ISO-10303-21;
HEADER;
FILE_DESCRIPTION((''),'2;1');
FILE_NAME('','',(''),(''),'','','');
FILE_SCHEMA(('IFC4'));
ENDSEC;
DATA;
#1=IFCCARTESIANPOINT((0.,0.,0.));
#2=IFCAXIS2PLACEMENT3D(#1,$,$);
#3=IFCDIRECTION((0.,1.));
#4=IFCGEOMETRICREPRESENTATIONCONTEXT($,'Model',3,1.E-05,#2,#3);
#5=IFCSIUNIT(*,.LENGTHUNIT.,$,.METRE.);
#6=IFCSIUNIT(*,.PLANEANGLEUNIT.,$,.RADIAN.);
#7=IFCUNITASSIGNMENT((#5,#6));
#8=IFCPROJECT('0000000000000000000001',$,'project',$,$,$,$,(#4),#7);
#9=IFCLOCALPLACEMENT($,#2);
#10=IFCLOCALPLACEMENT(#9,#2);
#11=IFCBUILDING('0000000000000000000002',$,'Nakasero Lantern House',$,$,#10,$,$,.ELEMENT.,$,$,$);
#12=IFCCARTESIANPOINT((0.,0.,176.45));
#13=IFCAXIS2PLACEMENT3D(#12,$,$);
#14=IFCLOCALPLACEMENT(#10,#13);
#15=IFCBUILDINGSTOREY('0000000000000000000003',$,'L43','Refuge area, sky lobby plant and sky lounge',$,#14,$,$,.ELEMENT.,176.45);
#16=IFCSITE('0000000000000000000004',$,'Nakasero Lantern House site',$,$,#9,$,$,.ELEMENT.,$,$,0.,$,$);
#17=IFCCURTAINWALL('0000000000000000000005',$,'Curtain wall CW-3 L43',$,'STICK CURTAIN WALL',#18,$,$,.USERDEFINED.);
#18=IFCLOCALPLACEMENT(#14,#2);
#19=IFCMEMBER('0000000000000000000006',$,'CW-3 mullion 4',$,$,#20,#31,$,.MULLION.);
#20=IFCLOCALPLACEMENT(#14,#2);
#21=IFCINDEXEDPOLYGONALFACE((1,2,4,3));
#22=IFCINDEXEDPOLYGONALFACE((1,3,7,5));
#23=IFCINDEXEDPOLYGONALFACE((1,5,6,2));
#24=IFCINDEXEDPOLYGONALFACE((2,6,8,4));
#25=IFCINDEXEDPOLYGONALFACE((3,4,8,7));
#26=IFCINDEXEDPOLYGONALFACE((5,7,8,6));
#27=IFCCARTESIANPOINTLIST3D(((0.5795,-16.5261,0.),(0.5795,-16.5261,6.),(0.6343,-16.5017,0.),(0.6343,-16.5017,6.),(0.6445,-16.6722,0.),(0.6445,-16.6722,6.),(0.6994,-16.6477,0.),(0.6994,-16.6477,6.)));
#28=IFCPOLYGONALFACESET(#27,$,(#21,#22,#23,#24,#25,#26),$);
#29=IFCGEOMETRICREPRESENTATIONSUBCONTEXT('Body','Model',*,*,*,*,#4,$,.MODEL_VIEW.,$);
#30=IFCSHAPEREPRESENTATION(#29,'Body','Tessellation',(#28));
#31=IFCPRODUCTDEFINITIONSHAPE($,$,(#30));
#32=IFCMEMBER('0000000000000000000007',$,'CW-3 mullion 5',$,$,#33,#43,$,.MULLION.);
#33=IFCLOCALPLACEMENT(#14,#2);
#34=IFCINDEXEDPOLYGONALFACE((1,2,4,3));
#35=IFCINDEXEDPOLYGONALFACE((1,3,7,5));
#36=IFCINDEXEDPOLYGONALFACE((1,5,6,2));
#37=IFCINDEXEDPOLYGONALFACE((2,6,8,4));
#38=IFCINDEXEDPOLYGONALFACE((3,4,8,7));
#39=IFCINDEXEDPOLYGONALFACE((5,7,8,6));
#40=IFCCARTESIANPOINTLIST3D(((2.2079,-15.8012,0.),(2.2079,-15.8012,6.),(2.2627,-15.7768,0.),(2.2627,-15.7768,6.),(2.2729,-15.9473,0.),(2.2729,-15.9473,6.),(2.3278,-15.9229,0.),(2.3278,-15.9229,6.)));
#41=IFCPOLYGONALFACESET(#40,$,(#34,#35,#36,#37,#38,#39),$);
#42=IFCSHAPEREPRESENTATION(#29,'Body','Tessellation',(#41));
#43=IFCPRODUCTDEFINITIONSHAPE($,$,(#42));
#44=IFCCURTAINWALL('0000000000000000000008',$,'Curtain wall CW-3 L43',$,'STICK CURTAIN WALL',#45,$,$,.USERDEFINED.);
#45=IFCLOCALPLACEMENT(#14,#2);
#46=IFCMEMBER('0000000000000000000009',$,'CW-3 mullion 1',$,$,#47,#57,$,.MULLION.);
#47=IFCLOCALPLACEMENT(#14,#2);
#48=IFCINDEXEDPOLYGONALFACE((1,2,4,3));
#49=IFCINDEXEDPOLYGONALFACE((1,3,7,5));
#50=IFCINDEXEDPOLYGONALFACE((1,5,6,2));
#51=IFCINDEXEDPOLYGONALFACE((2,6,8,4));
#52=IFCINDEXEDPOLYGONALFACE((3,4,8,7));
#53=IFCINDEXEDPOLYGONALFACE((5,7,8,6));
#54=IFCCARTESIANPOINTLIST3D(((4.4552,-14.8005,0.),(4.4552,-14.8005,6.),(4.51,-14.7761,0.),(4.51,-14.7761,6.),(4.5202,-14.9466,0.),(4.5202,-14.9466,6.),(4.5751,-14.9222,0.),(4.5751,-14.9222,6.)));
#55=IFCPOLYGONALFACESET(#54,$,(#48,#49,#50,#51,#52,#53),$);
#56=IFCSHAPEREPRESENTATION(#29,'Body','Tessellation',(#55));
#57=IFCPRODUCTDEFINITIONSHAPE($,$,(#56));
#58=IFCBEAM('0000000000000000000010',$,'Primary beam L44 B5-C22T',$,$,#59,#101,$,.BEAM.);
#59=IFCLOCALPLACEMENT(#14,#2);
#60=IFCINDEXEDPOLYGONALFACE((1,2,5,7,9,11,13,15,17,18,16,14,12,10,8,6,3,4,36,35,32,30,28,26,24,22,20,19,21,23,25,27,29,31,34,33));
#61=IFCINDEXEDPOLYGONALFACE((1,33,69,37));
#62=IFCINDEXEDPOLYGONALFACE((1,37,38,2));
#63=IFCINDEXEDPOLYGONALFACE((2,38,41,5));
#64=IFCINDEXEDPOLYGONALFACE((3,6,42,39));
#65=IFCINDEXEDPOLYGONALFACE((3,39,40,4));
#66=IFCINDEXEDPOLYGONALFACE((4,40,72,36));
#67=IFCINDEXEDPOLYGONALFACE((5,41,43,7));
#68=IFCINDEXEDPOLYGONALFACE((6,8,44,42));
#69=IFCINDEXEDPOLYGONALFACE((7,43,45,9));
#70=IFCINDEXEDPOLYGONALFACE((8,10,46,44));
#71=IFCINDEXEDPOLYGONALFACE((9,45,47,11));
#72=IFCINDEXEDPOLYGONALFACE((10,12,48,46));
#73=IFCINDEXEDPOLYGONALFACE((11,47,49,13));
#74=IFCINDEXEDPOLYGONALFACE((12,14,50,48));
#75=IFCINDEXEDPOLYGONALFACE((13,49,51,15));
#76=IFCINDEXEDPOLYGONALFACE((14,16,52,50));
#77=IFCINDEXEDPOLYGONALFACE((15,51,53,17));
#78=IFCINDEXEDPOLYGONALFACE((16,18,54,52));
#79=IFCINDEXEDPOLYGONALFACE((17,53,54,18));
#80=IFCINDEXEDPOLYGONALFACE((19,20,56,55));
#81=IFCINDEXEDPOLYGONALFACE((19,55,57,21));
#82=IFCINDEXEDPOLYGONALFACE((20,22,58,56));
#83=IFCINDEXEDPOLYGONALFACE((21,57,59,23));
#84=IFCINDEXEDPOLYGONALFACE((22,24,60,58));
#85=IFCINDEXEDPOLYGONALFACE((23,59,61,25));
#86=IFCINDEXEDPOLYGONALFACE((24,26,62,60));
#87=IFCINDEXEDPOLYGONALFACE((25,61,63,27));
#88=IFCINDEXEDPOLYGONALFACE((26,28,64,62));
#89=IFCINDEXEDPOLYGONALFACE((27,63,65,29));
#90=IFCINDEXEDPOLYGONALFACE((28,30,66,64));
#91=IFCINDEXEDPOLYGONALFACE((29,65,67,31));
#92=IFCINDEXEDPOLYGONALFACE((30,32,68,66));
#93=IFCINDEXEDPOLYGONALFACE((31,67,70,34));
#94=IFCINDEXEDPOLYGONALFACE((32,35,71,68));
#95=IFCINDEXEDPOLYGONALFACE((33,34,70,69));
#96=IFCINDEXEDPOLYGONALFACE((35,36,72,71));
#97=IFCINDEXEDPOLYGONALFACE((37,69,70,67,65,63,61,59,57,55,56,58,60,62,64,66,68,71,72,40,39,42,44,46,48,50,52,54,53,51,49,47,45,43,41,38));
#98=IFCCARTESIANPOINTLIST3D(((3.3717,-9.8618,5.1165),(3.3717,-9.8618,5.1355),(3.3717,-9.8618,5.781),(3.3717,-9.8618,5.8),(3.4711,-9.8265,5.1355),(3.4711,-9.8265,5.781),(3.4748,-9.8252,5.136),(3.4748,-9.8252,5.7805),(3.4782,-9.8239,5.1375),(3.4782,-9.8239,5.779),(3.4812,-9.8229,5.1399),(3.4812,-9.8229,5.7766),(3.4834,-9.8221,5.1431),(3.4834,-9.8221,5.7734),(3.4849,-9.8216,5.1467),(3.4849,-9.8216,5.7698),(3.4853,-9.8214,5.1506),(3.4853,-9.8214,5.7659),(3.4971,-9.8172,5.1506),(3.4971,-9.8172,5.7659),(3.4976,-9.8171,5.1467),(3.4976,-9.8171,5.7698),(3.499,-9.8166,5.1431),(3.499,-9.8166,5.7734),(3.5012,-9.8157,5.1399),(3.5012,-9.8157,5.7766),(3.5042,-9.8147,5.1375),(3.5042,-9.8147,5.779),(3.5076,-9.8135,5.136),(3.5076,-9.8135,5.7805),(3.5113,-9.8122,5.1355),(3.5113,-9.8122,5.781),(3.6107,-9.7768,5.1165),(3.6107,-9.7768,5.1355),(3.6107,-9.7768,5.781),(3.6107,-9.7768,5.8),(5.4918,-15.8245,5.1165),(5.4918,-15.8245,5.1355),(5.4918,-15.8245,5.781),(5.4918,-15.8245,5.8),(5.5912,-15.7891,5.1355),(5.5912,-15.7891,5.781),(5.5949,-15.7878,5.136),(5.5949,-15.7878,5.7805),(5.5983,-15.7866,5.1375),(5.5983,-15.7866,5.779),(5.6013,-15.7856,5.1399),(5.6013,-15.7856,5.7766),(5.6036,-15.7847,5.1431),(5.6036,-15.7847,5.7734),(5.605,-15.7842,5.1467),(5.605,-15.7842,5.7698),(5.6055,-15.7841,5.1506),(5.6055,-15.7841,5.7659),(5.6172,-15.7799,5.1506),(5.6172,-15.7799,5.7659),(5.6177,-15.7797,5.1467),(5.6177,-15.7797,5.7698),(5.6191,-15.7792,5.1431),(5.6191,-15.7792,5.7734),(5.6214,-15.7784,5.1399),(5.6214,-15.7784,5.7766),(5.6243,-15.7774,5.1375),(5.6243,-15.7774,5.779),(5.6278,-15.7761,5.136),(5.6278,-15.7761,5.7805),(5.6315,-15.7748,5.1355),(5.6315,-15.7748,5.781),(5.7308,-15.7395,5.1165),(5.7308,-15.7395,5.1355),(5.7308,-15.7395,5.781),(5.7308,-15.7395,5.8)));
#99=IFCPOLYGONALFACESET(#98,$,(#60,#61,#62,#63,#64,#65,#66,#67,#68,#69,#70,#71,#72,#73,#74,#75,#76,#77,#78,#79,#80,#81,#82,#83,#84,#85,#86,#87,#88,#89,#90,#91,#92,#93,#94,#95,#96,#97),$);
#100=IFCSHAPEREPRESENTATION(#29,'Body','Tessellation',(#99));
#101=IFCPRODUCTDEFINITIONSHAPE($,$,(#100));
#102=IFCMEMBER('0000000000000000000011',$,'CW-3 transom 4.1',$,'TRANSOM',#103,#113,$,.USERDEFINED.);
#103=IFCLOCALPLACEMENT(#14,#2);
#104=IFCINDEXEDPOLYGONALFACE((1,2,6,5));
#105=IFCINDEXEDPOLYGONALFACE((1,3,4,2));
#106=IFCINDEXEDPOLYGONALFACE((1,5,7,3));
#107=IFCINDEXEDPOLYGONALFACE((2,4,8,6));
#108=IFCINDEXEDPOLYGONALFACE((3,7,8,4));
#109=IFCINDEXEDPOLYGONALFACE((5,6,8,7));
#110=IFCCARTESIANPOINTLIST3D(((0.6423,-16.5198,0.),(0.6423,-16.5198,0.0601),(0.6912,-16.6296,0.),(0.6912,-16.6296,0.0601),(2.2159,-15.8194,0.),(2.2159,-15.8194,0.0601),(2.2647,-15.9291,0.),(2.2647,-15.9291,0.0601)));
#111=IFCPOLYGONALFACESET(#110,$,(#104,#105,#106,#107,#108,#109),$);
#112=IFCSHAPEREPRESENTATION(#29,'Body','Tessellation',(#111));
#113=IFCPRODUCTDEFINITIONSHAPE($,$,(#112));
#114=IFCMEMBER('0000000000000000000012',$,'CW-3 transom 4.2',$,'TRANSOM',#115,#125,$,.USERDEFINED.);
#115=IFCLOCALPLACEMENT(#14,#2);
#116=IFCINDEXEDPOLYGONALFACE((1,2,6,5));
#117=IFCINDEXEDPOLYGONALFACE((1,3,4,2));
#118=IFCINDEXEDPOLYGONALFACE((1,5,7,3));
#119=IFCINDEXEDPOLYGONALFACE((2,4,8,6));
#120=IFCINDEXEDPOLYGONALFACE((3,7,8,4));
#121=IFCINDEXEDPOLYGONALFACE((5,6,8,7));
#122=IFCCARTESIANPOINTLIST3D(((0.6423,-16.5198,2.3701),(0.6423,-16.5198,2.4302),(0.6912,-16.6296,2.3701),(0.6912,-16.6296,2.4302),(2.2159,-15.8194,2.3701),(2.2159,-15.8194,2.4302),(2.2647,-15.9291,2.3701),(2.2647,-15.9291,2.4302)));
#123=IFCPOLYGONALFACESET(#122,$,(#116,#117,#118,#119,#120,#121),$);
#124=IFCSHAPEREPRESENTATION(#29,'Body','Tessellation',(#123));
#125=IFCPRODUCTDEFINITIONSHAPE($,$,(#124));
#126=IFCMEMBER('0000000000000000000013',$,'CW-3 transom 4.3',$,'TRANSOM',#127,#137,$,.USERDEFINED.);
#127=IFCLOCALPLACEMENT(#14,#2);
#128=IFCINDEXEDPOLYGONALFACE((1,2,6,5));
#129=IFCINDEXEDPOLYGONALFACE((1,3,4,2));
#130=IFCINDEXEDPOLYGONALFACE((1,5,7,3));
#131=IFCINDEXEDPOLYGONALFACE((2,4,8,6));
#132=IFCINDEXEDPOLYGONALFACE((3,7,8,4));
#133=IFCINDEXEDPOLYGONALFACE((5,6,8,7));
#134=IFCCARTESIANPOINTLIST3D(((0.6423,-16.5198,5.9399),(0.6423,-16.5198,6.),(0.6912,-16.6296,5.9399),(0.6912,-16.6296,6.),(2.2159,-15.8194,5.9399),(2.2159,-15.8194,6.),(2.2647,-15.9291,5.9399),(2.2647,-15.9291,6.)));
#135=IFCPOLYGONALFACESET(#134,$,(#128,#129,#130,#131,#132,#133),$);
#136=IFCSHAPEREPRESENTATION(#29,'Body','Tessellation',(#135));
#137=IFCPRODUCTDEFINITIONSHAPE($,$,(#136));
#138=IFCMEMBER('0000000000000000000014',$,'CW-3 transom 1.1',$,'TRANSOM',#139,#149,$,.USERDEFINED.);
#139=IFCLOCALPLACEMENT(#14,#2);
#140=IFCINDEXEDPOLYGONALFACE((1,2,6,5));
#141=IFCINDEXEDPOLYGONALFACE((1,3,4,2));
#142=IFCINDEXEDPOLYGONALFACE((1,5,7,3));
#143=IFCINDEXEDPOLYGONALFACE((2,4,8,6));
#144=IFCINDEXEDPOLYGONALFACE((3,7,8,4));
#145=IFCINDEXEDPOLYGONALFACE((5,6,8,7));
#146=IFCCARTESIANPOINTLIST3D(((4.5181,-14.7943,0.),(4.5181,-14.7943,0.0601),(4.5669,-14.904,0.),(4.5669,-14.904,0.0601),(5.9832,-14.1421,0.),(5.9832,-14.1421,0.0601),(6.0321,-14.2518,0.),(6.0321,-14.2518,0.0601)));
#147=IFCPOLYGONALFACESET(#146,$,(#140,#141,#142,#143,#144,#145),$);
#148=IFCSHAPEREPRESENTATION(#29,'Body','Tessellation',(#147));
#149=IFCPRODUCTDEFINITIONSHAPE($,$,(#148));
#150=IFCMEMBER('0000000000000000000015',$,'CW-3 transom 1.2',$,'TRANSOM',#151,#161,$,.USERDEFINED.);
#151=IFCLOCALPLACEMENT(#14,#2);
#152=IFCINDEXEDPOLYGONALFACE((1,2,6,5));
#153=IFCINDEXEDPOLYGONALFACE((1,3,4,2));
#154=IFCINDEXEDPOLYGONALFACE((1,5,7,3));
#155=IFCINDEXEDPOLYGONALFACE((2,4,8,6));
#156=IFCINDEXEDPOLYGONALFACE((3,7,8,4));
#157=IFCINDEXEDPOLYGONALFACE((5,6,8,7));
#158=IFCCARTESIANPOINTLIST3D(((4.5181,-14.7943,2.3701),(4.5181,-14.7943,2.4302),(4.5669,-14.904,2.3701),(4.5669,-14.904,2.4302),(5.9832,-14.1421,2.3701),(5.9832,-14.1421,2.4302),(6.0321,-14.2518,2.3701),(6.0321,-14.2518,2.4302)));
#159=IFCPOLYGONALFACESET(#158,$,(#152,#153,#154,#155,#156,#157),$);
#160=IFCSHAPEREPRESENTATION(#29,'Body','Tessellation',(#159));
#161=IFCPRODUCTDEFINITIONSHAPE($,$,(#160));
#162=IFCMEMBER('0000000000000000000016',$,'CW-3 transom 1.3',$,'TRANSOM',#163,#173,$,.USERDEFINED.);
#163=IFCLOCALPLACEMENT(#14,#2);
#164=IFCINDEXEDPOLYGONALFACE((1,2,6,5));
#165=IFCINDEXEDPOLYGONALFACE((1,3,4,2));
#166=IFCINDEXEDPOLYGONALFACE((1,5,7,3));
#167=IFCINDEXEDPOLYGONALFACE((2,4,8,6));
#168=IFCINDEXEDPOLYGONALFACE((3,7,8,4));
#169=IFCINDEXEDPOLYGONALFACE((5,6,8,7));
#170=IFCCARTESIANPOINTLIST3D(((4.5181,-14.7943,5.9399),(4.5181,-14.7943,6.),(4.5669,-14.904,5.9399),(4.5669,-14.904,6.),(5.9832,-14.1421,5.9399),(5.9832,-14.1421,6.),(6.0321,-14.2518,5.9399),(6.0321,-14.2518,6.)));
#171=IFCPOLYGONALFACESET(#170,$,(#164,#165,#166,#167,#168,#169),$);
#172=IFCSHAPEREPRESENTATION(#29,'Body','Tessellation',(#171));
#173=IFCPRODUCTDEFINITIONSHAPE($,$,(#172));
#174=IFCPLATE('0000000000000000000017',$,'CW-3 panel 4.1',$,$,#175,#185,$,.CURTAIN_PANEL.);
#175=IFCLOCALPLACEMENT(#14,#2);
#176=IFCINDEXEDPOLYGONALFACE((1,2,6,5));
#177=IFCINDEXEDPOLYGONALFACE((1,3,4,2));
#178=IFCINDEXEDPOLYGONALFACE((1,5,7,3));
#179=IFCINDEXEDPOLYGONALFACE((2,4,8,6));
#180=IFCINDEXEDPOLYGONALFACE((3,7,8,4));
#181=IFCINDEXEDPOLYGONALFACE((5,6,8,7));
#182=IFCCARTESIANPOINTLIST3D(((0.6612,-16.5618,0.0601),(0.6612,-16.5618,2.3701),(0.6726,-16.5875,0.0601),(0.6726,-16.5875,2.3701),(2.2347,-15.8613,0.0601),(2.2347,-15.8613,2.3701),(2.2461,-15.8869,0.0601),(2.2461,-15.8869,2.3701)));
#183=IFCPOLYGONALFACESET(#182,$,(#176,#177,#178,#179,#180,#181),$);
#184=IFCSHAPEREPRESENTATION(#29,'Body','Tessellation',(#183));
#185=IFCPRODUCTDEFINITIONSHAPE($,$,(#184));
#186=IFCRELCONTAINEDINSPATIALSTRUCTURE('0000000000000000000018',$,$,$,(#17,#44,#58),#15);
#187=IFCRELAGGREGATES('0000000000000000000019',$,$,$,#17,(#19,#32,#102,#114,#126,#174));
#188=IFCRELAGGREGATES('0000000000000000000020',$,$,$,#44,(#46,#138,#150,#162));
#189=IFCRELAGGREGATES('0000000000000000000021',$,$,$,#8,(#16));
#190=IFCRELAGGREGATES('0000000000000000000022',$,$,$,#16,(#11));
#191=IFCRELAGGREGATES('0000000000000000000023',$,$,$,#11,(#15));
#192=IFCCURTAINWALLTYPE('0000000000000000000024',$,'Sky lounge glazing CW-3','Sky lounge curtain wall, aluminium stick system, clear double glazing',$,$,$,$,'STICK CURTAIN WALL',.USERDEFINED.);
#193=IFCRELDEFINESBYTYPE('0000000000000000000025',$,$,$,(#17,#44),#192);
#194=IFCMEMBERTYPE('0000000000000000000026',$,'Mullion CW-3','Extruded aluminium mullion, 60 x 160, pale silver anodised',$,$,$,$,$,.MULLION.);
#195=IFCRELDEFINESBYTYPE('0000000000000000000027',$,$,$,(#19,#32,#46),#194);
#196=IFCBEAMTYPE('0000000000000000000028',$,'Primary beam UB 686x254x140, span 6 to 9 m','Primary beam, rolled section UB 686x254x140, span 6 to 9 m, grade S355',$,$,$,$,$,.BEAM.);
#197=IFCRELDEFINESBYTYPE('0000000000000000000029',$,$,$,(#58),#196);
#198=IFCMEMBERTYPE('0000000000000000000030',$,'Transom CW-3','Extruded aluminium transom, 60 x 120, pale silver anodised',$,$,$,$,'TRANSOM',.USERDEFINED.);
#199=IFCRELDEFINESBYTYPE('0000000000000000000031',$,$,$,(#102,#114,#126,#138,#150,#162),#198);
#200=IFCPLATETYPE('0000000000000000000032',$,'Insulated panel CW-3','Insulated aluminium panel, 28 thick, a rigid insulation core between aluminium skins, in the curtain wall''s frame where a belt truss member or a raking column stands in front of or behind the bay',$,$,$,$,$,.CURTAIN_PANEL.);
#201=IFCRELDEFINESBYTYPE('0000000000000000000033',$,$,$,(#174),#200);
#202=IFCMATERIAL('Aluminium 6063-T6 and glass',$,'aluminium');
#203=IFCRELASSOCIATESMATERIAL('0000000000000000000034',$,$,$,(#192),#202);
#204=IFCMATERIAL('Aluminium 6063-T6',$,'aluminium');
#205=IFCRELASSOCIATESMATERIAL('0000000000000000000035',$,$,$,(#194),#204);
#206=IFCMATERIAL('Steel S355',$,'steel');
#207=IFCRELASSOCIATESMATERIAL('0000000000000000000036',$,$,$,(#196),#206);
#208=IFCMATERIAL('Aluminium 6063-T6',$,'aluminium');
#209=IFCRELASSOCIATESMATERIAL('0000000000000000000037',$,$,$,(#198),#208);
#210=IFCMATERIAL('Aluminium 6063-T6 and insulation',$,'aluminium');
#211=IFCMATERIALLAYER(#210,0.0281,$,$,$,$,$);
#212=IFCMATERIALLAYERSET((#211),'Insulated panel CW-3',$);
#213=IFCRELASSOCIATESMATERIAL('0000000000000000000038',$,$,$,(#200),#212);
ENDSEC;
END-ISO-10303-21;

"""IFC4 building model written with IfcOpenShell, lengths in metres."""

from ifc_helpers import new_model, si_unit, direction, frame, origin, origin_2d, place, context, subcontext, project, spatial, rectangle, i_section, extrude, material, layer, layer_set, material_profile, profile_set, type_object, element, aggregate, save


model = new_model("IFC4")

# Units and contexts
model_context = context("Model", 3, precision=1e-05, world=origin(), true_north=direction((0.0, 1.0)))
body_context = subcontext(model_context, "Body", "Model", "MODEL_VIEW")
ifc_project = project(units=[si_unit("LENGTHUNIT", "METRE"), si_unit("PLANEANGLEUNIT", "RADIAN")], contexts=[model_context])

# Site, building, storey
site_placement = place(None, origin())
site = spatial("IfcSite", under=ifc_project, at=site_placement, Name="Nakasero Lantern House site", CompositionType="ELEMENT", RefElevation=0.0)
building_placement = place(site_placement, origin())
building = spatial("IfcBuilding", under=site, at=building_placement, Name="Nakasero Lantern House", CompositionType="ELEMENT")
storey_placement = place(building_placement, frame((0.0, 0.0, 176.45)))
storey = spatial("IfcBuildingStorey", under=building, at=storey_placement, Name="L43", Description="Refuge area, sky lobby plant and sky lounge", CompositionType="ELEMENT", Elevation=176.45)

# Curtain wall, members
ifc_material_1 = material(Name="Aluminium 6063-T6 and glass", Category="aluminium")
curtain_wall_type = type_object("IfcCurtainWallType", Name="Sky lounge glazing CW-3", Description="Sky lounge curtain wall, aluminium stick system, clear double glazing", ElementType="STICK CURTAIN WALL", PredefinedType="USERDEFINED", material=ifc_material_1)
curtain_wall_1_placement = place(storey_placement, origin())
curtain_wall_1 = element("IfcCurtainWall", 1, at=curtain_wall_1_placement, inside=storey, type_object=curtain_wall_type, Name="Curtain wall CW-3 L43", ObjectType="STICK CURTAIN WALL", PredefinedType="USERDEFINED")
ifc_material_2 = material(Name="Aluminium 6063-T6", Category="aluminium")
ifc_material_profile_1 = material_profile(ifc_material_2, rectangle(XDim=0.0601, YDim=0.1599, at=origin_2d()), Name="CW-3 mullion 60x160")
ifc_profile_set_1 = profile_set([ifc_material_profile_1], Name="Aluminium 6063-T6")
member_type_1 = type_object("IfcMemberType", Name="Mullion CW-3", Description="Extruded aluminium mullion, 60 x 160, pale silver anodised", PredefinedType="MULLION", material=ifc_profile_set_1)
member_1_placement = place(storey_placement, frame((0.6394, -16.5869, 0.0), z_axis=(0.0, 0.0, 1.0), x_axis=(0.913545, 0.406737, 0.0)))
member_1 = element("IfcMember", 2, at=member_1_placement, type_object=member_type_1, Name="CW-3 mullion 4", PredefinedType="MULLION", context=body_context, shape_type="SweptSolid", body=[
    extrude(rectangle(XDim=0.0601, YDim=0.1599, at=origin_2d()), origin(), (0.0, 0.0, 1.0), 6.0),
])
member_2_placement = place(storey_placement, frame((2.2678, -15.8621, 0.0), z_axis=(0.0, 0.0, 1.0), x_axis=(0.913545, 0.406737, 0.0)))
member_2 = element("IfcMember", 3, at=member_2_placement, type_object=member_type_1, Name="CW-3 mullion 5", PredefinedType="MULLION", context=body_context, shape_type="SweptSolid", body=[
    extrude(rectangle(XDim=0.0601, YDim=0.1599, at=origin_2d()), origin(), (0.0, 0.0, 1.0), 6.0),
])

# Curtain wall, member
curtain_wall_2_placement = place(storey_placement, origin())
curtain_wall_2 = element("IfcCurtainWall", 4, at=curtain_wall_2_placement, inside=storey, type_object=curtain_wall_type, Name="Curtain wall CW-3 L43", ObjectType="STICK CURTAIN WALL", PredefinedType="USERDEFINED")
member_3_placement = place(storey_placement, frame((4.5151, -14.8613, 0.0), z_axis=(0.0, 0.0, 1.0), x_axis=(0.913545, 0.406737, 0.0)))
member_3 = element("IfcMember", 5, at=member_3_placement, type_object=member_type_1, Name="CW-3 mullion 1", PredefinedType="MULLION", context=body_context, shape_type="SweptSolid", body=[
    extrude(rectangle(XDim=0.0601, YDim=0.1599, at=origin_2d()), origin(), (0.0, 0.0, 1.0), 6.0),
])

# Beam
ifc_material_3 = material(Name="Steel S355", Category="steel")
ifc_material_profile_2 = material_profile(ifc_material_3, i_section(OverallWidth=0.2537, OverallDepth=0.6836, WebThickness=0.0125, FlangeThickness=0.019, FilletRadius=0.0151, at=origin_2d()), Name="UB 686x254x140")
ifc_profile_set_2 = profile_set([ifc_material_profile_2], Name="Steel S355")
beam_type_1 = type_object("IfcBeamType", Name="Primary beam UB 686x254x140, span 6 to 9 m", Description="Primary beam, rolled section UB 686x254x140, span 6 to 9 m, grade S355", PredefinedType="BEAM", material=ifc_profile_set_2)
beam_1_placement = place(storey_placement, frame((5.6113, -15.782, 5.4583), z_axis=(-0.335019, 0.942211, 0.0), x_axis=(-0.942211, -0.335019, 0.0)))
element("IfcBeam", 6, at=beam_1_placement, inside=storey, type_object=beam_type_1, Name="Primary beam L44 B5-C22T", PredefinedType="BEAM", context=body_context, shape_type="SweptSolid", body=[
    extrude(i_section(OverallWidth=0.2537, OverallDepth=0.6836, WebThickness=0.0125, FlangeThickness=0.019, FilletRadius=0.0151, at=origin_2d()), origin(), (0.0, 0.0, 1.0), 6.3284),
])

# Members
ifc_material_4 = material(Name="Aluminium 6063-T6", Category="aluminium")
ifc_material_profile_3 = material_profile(ifc_material_4, rectangle(XDim=0.0601, YDim=0.1201, at=origin_2d()), Name="CW-3 transom 60x120")
ifc_profile_set_3 = profile_set([ifc_material_profile_3], Name="Aluminium 6063-T6")
member_type_2 = type_object("IfcMemberType", Name="Transom CW-3", Description="Extruded aluminium transom, 60 x 120, pale silver anodised", ElementType="TRANSOM", PredefinedType="USERDEFINED", material=ifc_profile_set_3)
member_4_placement = place(storey_placement, frame((0.6667, -16.5747, 0.03), z_axis=(0.913572, 0.406678, 0.0), x_axis=(0.0, 0.0, 1.0)))
member_4 = element("IfcMember", 7, at=member_4_placement, type_object=member_type_2, Name="CW-3 transom 4.1", ObjectType="TRANSOM", PredefinedType="USERDEFINED", context=body_context, shape_type="SweptSolid", body=[
    extrude(rectangle(XDim=0.0601, YDim=0.1201, at=origin_2d()), origin(), (0.0, 0.0, 1.0), 1.7224),
])
member_5_placement = place(storey_placement, frame((0.6667, -16.5747, 2.4001), z_axis=(0.913572, 0.406678, 0.0), x_axis=(0.0, 0.0, 1.0)))
member_5 = element("IfcMember", 8, at=member_5_placement, type_object=member_type_2, Name="CW-3 transom 4.2", ObjectType="TRANSOM", PredefinedType="USERDEFINED", context=body_context, shape_type="SweptSolid", body=[
    extrude(rectangle(XDim=0.0601, YDim=0.1201, at=origin_2d()), origin(), (0.0, 0.0, 1.0), 1.7224),
])
member_6_placement = place(storey_placement, frame((0.6667, -16.5747, 5.97), z_axis=(0.913572, 0.406678, 0.0), x_axis=(0.0, 0.0, 1.0)))
member_6 = element("IfcMember", 9, at=member_6_placement, type_object=member_type_2, Name="CW-3 transom 4.3", ObjectType="TRANSOM", PredefinedType="USERDEFINED", context=body_context, shape_type="SweptSolid", body=[
    extrude(rectangle(XDim=0.0601, YDim=0.1201, at=origin_2d()), origin(), (0.0, 0.0, 1.0), 1.7224),
])
member_7_placement = place(storey_placement, frame((4.5425, -14.8491, 0.03), z_axis=(0.913592, 0.406633, 0.0), x_axis=(0.0, 0.0, 1.0)))
member_7 = element("IfcMember", 10, at=member_7_placement, type_object=member_type_2, Name="CW-3 transom 1.1", ObjectType="TRANSOM", PredefinedType="USERDEFINED", context=body_context, shape_type="SweptSolid", body=[
    extrude(rectangle(XDim=0.0601, YDim=0.1201, at=origin_2d()), origin(), (0.0, 0.0, 1.0), 1.6038),
])
member_8_placement = place(storey_placement, frame((4.5425, -14.8491, 2.4001), z_axis=(0.913592, 0.406633, 0.0), x_axis=(0.0, 0.0, 1.0)))
member_8 = element("IfcMember", 11, at=member_8_placement, type_object=member_type_2, Name="CW-3 transom 1.2", ObjectType="TRANSOM", PredefinedType="USERDEFINED", context=body_context, shape_type="SweptSolid", body=[
    extrude(rectangle(XDim=0.0601, YDim=0.1201, at=origin_2d()), origin(), (0.0, 0.0, 1.0), 1.6038),
])
member_9_placement = place(storey_placement, frame((4.5425, -14.8491, 5.97), z_axis=(0.913592, 0.406633, 0.0), x_axis=(0.0, 0.0, 1.0)))
member_9 = element("IfcMember", 12, at=member_9_placement, type_object=member_type_2, Name="CW-3 transom 1.3", ObjectType="TRANSOM", PredefinedType="USERDEFINED", context=body_context, shape_type="SweptSolid", body=[
    extrude(rectangle(XDim=0.0601, YDim=0.1201, at=origin_2d()), origin(), (0.0, 0.0, 1.0), 1.6038),
])

# Plate
ifc_material_5 = material(Name="Aluminium 6063-T6 and insulation", Category="aluminium")
ifc_layer_1 = layer(ifc_material_5, 0.0281)
ifc_layer_set_1 = layer_set([ifc_layer_1], Name="Insulated panel CW-3")
plate_type_1 = type_object("IfcPlateType", Name="Insulated panel CW-3", Description="Insulated aluminium panel, 28 thick, a rigid insulation core between aluminium skins, in the curtain wall's frame where a belt truss member or a raking column stands in front of or behind the bay", PredefinedType="CURTAIN_PANEL", material=ifc_layer_set_1)
plate_1_placement = place(storey_placement, frame((1.4536, -16.2244, 0.0601), z_axis=(0.0, 0.0, 1.0), x_axis=(0.913545, 0.406737, 0.0)))
plate_1 = element("IfcPlate", 13, at=plate_1_placement, type_object=plate_type_1, Name="CW-3 panel 4.1", PredefinedType="CURTAIN_PANEL", context=body_context, shape_type="SweptSolid", body=[
    extrude(rectangle(XDim=1.7224, YDim=0.0281, at=origin_2d()), origin(), (0.0, 0.0, 1.0), 2.3101),
])
aggregate(curtain_wall_1, [member_1, member_2, member_4, member_5, member_6, plate_1])
aggregate(curtain_wall_2, [member_3, member_7, member_8, member_9])

save(model, "model.ifc")
